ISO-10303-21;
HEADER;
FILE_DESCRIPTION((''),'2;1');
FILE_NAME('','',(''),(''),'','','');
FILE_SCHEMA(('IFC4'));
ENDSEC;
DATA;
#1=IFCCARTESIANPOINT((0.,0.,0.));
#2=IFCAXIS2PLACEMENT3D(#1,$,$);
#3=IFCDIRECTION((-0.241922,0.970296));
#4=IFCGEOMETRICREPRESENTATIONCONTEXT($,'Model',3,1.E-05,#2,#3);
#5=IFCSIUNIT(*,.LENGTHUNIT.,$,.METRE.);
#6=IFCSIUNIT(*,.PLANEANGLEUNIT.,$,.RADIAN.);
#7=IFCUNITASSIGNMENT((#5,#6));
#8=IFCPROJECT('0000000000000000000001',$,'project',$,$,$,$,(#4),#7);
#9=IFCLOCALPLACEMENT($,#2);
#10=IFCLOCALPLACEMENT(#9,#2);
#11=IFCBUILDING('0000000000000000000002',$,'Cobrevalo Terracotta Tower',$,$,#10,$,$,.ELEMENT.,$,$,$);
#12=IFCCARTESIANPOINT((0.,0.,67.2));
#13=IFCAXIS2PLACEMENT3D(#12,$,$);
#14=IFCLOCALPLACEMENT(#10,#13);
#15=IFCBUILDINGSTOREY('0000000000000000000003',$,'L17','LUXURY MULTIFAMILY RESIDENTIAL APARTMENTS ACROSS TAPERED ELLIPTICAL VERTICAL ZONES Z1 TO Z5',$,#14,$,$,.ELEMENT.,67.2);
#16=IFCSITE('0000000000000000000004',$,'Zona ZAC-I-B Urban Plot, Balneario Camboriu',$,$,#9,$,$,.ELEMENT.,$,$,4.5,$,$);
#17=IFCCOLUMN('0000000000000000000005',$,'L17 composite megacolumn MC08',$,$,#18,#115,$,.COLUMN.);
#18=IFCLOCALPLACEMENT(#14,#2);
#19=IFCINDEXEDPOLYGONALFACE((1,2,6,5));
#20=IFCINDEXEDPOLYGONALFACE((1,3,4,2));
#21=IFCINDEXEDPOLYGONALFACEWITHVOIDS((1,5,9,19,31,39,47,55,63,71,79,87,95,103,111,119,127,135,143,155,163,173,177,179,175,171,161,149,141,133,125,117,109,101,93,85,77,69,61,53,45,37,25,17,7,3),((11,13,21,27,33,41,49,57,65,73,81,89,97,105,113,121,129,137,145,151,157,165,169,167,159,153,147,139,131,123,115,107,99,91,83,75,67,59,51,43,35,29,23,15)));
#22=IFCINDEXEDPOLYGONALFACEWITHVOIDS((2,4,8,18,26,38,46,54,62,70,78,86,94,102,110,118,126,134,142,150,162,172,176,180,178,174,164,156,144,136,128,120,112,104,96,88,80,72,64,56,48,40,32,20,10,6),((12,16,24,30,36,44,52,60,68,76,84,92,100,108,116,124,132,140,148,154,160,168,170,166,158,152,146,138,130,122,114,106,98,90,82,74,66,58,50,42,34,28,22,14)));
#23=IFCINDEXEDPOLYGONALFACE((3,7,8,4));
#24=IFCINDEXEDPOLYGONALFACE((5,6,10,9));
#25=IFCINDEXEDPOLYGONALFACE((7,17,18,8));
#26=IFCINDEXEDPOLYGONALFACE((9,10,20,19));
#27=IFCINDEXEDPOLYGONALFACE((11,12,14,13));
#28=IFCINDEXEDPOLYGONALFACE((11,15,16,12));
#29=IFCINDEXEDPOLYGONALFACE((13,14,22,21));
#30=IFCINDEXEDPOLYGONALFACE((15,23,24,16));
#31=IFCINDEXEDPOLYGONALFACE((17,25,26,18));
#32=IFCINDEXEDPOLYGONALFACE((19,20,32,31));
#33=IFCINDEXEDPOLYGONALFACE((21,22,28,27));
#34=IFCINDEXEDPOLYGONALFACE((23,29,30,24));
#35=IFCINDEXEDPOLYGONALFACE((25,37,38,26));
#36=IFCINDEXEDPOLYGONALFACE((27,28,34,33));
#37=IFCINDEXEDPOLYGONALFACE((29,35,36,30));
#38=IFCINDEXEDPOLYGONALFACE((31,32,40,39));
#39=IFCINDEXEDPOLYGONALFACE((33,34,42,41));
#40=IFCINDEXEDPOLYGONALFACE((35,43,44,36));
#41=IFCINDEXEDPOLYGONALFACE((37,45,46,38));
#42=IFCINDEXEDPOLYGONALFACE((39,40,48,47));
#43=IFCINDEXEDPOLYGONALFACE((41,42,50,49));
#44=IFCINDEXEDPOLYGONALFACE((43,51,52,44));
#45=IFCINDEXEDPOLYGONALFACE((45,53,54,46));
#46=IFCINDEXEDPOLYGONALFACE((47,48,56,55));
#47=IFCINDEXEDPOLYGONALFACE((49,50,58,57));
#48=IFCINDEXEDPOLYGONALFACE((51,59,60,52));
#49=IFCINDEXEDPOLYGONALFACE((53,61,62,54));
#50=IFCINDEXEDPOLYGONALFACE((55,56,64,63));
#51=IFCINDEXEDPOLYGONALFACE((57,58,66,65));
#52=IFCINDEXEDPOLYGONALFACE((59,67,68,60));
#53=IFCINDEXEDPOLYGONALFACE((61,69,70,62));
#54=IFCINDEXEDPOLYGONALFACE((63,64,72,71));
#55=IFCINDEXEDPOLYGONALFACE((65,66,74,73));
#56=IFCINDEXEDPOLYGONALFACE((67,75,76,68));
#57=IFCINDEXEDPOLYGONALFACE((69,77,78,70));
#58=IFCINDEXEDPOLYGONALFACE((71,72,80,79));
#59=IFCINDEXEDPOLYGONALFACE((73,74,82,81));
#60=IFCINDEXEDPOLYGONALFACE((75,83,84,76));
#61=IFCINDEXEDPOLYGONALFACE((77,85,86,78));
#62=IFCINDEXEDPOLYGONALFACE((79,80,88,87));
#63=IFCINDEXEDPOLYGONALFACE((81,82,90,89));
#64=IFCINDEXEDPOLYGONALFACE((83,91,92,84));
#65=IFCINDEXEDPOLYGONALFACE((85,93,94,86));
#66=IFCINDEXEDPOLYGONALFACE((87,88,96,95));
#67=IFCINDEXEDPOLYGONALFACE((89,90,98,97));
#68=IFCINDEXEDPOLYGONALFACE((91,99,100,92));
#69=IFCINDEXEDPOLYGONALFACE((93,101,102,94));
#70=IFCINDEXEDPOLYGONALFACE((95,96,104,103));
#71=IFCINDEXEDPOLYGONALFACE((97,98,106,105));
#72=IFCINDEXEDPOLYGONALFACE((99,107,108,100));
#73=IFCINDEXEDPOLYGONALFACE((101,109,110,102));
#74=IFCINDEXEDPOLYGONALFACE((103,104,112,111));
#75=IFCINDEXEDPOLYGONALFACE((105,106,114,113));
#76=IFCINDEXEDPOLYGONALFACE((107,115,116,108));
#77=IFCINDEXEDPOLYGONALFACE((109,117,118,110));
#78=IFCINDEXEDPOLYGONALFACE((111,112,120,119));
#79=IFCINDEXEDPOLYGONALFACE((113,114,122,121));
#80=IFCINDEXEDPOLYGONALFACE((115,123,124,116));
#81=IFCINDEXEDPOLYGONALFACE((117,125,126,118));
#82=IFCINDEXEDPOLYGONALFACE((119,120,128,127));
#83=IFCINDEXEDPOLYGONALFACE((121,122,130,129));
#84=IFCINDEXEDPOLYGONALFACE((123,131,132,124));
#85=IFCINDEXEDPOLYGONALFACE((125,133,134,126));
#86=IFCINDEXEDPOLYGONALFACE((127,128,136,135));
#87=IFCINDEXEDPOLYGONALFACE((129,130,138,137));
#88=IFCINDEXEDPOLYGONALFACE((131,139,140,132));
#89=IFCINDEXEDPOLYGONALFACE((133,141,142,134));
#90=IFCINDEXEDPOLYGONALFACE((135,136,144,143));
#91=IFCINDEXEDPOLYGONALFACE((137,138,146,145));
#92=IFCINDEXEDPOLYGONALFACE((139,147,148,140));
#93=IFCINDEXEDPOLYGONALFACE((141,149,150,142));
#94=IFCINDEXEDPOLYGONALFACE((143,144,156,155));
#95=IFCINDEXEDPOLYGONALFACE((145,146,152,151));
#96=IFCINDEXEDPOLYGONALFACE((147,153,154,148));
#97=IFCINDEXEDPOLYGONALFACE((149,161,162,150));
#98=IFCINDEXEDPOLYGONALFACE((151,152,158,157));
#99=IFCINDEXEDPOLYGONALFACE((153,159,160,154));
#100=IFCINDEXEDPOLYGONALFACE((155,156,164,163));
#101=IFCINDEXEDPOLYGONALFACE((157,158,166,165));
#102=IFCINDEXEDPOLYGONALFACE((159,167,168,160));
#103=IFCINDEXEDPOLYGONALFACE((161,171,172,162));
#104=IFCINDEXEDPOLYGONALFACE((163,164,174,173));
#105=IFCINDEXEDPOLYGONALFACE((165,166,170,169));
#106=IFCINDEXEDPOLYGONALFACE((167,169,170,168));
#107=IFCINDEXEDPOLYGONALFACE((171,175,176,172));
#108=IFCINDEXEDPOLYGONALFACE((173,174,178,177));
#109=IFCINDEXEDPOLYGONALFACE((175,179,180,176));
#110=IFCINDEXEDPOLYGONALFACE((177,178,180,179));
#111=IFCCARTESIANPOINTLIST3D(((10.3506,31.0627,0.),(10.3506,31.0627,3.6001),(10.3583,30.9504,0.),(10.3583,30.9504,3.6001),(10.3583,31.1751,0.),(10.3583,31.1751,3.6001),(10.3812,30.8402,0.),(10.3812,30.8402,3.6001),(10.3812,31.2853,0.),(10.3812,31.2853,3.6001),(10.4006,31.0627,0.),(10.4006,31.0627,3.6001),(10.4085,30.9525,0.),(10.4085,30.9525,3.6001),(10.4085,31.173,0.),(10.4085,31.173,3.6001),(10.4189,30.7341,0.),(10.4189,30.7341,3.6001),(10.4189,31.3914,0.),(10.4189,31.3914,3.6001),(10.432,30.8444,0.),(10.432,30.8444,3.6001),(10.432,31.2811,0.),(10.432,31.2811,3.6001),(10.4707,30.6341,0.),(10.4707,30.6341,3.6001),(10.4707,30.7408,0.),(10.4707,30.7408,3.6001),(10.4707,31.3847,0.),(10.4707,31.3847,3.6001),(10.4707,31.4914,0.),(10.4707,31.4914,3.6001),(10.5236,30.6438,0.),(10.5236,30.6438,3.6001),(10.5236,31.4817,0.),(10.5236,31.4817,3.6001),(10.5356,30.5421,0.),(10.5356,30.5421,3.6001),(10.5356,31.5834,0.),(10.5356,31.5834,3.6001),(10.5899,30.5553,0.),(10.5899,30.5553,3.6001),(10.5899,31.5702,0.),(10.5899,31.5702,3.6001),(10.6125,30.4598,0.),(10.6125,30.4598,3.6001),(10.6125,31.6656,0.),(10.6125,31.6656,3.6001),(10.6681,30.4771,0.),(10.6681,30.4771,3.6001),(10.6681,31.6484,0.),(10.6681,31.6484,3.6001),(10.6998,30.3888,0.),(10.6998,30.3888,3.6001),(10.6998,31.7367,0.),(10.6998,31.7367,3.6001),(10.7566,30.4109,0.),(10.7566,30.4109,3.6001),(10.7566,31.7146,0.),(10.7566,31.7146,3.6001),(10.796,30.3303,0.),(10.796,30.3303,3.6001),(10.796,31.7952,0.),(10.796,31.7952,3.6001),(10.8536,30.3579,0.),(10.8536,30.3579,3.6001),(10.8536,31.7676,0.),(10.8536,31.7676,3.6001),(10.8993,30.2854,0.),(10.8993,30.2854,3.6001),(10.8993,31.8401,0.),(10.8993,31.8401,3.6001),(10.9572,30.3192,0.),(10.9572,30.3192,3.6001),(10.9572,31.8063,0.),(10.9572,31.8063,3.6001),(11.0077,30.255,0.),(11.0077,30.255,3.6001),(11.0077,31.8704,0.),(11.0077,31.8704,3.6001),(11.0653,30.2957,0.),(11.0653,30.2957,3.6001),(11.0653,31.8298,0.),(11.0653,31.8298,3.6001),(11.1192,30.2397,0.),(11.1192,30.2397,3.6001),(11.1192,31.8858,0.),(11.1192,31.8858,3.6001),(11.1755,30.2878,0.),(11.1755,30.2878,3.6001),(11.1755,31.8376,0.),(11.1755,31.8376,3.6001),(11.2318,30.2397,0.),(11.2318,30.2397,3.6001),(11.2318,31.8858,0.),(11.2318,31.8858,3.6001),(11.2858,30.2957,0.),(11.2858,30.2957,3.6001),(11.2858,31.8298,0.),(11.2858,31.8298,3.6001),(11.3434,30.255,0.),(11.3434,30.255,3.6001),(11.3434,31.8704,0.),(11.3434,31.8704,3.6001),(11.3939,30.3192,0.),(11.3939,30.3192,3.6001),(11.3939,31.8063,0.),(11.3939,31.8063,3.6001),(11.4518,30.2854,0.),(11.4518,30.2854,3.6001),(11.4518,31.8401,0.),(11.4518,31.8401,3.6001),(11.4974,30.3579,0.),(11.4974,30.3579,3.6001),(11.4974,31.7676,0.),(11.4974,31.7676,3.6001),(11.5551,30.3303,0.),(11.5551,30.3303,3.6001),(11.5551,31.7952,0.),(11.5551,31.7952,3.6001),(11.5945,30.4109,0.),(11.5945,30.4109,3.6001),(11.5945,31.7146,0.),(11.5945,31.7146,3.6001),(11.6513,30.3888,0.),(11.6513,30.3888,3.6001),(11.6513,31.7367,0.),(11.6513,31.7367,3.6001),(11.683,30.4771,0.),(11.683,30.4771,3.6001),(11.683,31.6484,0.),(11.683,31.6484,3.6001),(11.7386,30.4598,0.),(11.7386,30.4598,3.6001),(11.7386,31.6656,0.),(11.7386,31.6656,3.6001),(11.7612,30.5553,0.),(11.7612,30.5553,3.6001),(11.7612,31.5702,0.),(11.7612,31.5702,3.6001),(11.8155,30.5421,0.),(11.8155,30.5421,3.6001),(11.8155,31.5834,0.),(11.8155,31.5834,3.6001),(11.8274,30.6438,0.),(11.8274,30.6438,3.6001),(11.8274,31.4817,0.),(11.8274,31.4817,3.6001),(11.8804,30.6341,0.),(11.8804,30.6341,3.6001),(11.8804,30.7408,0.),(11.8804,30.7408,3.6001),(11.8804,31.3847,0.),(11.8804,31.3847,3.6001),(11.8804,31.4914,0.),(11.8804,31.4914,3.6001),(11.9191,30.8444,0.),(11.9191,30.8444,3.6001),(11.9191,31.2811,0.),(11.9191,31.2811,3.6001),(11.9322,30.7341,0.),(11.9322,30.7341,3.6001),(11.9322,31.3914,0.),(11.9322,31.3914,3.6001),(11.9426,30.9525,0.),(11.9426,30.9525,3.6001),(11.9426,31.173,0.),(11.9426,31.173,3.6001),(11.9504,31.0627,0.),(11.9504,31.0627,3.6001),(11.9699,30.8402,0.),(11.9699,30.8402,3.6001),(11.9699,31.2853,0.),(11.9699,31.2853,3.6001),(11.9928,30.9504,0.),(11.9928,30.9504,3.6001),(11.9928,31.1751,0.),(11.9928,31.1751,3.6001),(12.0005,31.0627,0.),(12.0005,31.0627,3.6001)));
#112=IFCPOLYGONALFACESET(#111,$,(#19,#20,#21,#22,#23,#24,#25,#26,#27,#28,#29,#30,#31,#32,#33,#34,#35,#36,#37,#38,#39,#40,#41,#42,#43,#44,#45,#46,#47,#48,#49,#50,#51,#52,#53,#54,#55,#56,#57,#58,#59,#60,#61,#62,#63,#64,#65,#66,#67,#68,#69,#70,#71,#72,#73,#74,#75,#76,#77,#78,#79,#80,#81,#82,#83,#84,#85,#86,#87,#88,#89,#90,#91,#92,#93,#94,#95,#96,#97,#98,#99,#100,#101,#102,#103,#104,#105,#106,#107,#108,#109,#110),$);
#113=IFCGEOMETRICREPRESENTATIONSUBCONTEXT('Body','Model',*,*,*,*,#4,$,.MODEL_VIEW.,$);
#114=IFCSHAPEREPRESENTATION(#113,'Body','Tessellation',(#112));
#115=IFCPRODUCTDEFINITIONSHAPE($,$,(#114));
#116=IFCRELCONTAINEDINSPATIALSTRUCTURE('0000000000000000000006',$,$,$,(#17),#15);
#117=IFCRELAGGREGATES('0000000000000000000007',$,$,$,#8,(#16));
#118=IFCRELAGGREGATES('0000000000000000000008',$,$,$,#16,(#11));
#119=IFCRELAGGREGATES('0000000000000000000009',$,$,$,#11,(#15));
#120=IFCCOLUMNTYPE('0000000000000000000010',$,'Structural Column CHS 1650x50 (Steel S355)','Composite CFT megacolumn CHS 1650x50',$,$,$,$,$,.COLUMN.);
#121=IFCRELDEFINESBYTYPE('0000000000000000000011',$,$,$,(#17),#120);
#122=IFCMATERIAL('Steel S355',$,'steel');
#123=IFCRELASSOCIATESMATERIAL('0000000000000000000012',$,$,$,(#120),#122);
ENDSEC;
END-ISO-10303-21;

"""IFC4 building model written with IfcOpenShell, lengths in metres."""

from ifc_helpers import new_model, si_unit, direction, frame, origin, origin_2d, place, context, subcontext, project, spatial, hollow_circle, extrude, material, material_profile, profile_set, type_object, element, save


model = new_model("IFC4")

# Units and contexts
model_context = context("Model", 3, precision=1e-05, world=origin(), true_north=direction((-0.241922, 0.970296)))
body_context = subcontext(model_context, "Body", "Model", "MODEL_VIEW")
ifc_project = project(units=[si_unit("LENGTHUNIT", "METRE"), si_unit("PLANEANGLEUNIT", "RADIAN")], contexts=[model_context])

# Site, building, storey
site_placement = place(None, origin())
site = spatial("IfcSite", under=ifc_project, at=site_placement, Name="Zona ZAC-I-B Urban Plot, Balneario Camboriu", CompositionType="ELEMENT", RefElevation=4.5)
building_placement = place(site_placement, origin())
building = spatial("IfcBuilding", under=site, at=building_placement, Name="Cobrevalo Terracotta Tower", CompositionType="ELEMENT")
storey_placement = place(building_placement, frame((0.0, 0.0, 67.2)))
storey = spatial("IfcBuildingStorey", under=building, at=storey_placement, Name="L17", Description="LUXURY MULTIFAMILY RESIDENTIAL APARTMENTS ACROSS TAPERED ELLIPTICAL VERTICAL ZONES Z1 TO Z5", CompositionType="ELEMENT", Elevation=67.2)

# Column
ifc_material_1 = material(Name="Steel S355", Category="steel")
ifc_material_profile_1 = material_profile(ifc_material_1, hollow_circle(Radius=0.825, WallThickness=0.05, at=origin_2d()), Name="CHS 1650x50")
ifc_profile_set_1 = profile_set([ifc_material_profile_1], Name="Steel S355")
column_type = type_object("IfcColumnType", Name="Structural Column CHS 1650x50 (Steel S355)", Description="Composite CFT megacolumn CHS 1650x50", PredefinedType="COLUMN", material=ifc_profile_set_1)
for number, where, z_axis, x_axis, name in (
    (1, (11.1755, 31.0627, 0.0), (0.0, 0.0, 1.0), (1.0, 0.0, 0.0), "L17 composite megacolumn MC08"),
):
    element("IfcColumn", number, at=place(storey_placement, frame(where, z_axis=z_axis, x_axis=x_axis)), inside=storey, type_object=column_type, Name=name, PredefinedType="COLUMN", context=body_context, shape_type="SweptSolid", body=[
        extrude(hollow_circle(Radius=0.825, WallThickness=0.05, at=origin_2d()), origin(), (0.0, 0.0, 1.0), 3.6001),
    ])

save(model, "model.ifc")
